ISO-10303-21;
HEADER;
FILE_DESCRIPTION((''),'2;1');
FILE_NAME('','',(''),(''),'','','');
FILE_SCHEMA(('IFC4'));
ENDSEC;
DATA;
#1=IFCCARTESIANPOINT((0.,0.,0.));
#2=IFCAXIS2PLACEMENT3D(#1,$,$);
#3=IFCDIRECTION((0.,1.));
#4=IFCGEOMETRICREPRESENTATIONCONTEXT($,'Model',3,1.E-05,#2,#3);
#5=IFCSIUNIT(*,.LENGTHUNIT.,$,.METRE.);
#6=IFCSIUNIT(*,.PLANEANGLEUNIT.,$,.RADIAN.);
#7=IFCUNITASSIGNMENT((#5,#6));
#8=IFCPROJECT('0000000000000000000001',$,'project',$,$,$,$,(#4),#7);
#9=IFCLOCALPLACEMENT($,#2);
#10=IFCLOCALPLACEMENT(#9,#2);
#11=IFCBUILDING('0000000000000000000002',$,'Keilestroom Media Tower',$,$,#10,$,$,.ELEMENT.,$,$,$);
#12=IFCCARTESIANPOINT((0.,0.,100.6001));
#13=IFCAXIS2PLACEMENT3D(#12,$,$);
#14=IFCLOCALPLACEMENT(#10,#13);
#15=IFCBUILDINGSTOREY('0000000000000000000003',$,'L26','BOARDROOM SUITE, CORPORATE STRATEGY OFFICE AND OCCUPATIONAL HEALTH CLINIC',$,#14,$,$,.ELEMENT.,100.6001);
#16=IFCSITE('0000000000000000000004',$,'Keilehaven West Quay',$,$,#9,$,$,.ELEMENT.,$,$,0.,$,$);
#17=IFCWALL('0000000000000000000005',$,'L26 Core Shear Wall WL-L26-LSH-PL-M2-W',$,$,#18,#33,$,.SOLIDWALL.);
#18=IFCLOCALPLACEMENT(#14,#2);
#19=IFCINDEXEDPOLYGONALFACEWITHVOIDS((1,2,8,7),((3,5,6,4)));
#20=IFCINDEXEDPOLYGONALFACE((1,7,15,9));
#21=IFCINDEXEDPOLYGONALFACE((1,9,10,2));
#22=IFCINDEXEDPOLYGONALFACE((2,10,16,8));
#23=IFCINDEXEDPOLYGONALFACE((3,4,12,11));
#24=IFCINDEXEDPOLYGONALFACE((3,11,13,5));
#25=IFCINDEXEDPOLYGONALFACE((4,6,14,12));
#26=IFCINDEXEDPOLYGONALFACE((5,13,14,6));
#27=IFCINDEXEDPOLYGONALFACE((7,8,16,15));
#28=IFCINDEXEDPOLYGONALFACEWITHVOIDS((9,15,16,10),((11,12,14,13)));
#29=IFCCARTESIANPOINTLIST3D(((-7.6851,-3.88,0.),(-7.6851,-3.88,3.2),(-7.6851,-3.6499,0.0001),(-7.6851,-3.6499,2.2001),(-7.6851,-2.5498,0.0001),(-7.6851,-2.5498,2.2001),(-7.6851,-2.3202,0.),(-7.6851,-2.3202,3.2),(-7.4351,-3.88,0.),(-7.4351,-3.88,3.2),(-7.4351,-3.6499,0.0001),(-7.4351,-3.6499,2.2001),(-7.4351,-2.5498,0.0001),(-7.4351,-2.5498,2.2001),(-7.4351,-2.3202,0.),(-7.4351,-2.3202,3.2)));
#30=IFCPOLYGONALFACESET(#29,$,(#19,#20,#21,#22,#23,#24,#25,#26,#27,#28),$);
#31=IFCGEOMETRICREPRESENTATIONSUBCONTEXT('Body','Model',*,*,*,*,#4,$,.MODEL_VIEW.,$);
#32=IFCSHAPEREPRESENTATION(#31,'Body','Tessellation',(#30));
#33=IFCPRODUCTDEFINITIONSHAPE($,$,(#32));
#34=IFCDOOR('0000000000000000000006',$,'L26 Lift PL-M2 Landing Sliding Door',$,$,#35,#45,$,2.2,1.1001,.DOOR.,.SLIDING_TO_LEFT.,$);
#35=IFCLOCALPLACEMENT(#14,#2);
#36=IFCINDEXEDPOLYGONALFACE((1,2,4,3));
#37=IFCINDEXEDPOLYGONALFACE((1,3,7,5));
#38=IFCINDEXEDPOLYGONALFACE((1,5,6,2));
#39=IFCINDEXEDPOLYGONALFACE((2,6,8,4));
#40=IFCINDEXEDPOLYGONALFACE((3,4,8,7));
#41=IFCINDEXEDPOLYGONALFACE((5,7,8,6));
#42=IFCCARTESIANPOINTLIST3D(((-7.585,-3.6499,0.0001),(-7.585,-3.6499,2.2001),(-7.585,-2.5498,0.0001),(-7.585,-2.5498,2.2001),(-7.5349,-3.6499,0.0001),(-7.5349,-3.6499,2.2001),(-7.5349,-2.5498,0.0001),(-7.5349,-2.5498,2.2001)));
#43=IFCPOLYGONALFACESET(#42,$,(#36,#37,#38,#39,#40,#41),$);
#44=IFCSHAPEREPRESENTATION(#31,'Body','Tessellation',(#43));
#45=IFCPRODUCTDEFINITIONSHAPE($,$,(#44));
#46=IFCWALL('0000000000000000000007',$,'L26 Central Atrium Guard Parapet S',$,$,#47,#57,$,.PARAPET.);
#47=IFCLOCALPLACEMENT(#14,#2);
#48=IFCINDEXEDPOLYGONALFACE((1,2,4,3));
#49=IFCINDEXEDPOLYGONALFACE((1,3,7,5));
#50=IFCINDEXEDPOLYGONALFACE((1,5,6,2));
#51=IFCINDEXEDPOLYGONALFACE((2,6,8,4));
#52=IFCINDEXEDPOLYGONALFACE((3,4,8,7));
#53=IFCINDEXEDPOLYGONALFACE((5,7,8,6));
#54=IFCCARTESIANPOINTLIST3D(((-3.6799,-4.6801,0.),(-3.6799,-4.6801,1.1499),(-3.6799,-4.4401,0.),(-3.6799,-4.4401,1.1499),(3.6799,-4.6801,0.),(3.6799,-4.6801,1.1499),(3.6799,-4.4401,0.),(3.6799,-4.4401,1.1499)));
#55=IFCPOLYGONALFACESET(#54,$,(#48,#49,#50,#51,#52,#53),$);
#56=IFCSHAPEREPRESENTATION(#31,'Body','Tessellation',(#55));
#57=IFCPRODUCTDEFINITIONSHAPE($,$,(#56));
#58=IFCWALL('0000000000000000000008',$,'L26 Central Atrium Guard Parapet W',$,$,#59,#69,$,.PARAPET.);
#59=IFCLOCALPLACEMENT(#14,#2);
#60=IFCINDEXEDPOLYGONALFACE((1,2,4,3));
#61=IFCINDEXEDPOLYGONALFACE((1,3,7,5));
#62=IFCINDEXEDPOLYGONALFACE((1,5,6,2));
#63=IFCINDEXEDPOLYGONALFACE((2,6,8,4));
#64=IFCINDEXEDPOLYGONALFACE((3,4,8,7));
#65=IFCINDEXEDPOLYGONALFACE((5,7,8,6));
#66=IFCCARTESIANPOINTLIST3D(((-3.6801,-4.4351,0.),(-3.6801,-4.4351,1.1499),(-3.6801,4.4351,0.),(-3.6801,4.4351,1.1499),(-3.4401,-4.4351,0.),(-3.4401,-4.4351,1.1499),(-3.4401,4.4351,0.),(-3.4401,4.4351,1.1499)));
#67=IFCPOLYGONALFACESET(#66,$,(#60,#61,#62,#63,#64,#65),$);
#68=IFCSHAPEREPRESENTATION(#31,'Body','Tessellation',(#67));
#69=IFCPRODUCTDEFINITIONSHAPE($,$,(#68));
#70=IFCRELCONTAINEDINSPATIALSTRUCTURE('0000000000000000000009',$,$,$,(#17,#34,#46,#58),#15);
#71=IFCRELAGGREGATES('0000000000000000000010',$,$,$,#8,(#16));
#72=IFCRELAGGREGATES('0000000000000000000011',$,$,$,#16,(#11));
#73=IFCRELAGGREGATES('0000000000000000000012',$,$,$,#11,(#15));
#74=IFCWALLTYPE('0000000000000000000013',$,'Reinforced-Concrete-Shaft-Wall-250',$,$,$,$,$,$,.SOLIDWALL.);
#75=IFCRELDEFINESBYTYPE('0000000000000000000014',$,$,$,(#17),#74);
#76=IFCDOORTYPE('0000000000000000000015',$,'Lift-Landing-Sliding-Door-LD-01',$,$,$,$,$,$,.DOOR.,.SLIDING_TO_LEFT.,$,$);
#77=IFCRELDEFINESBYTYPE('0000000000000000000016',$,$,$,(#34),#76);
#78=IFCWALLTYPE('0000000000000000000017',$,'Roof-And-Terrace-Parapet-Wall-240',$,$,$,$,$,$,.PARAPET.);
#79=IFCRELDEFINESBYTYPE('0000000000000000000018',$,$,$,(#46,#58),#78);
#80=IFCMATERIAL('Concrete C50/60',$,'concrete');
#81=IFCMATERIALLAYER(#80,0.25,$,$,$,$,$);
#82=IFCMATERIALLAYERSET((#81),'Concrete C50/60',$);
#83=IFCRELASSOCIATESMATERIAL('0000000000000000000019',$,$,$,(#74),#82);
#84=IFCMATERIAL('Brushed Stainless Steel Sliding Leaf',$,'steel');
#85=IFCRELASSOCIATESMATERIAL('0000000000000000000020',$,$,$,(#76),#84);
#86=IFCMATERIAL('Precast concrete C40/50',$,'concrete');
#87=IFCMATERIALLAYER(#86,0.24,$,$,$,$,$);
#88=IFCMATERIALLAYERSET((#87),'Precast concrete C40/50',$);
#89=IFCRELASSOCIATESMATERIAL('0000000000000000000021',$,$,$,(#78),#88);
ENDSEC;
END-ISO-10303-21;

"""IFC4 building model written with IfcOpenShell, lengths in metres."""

from ifc_helpers import new_model, si_unit, direction, frame, frame_2d, origin, place, context, subcontext, project, spatial, rectangle, extrude, source, transform, mapped, material, layer, layer_set, type_object, element, fill, save


model = new_model("IFC4")

# Units and contexts
model_context = context("Model", 3, precision=1e-05, world=origin(), true_north=direction((0.0, 1.0)))
body_context = subcontext(model_context, "Body", "Model", "MODEL_VIEW")
ifc_project = project(units=[si_unit("LENGTHUNIT", "METRE"), si_unit("PLANEANGLEUNIT", "RADIAN")], contexts=[model_context])

# Site, building, storey
site_placement = place(None, origin())
site = spatial("IfcSite", under=ifc_project, at=site_placement, Name="Keilehaven West Quay", CompositionType="ELEMENT", RefElevation=0.0)
building_placement = place(site_placement, origin())
building = spatial("IfcBuilding", under=site, at=building_placement, Name="Keilestroom Media Tower", CompositionType="ELEMENT")
storey_placement = place(building_placement, frame((0.0, 0.0, 100.6001)))
storey = spatial("IfcBuildingStorey", under=building, at=storey_placement, Name="L26", Description="BOARDROOM SUITE, CORPORATE STRATEGY OFFICE AND OCCUPATIONAL HEALTH CLINIC", CompositionType="ELEMENT", Elevation=100.6001)

# Shared definitions
ifc_material_1 = material(Name="Concrete C50/60", Category="concrete")
ifc_layer_1 = layer(ifc_material_1, 0.25)
ifc_layer_set_1 = layer_set([ifc_layer_1], Name="Concrete C50/60")
wall_type_1 = type_object("IfcWallType", Name="Reinforced-Concrete-Shaft-Wall-250", PredefinedType="SOLIDWALL", material=ifc_layer_set_1)

# Shared definitions
ifc_material_2 = material(Name="Brushed Stainless Steel Sliding Leaf", Category="steel")

# Shared definitions
door_type_1 = type_object("IfcDoorType", Name="Lift-Landing-Sliding-Door-LD-01", OperationType="SLIDING_TO_LEFT", PredefinedType="DOOR", material=ifc_material_2)
shared_shape_1 = source(origin(), body_context, "Body", "SweptSolid", [
    extrude(rectangle(XDim=1.1001, YDim=2.2, at=frame_2d((0.55, 1.1001))), frame((0.0, 0.0249, 0.0), z_axis=(0.0, -1.0, 0.0), x_axis=(1.0, 0.0, 0.0)), (0.0, 0.0, 1.0), 0.05),
])

# Wall, opening, door
wall_1_placement = place(storey_placement, frame((-7.5601, -3.8799, 0.0), z_axis=(0.0, 0.0, 1.0), x_axis=(0.0, 1.0, 0.0)))
wall_1 = element("IfcWall", 1, at=wall_1_placement, inside=storey, type_object=wall_type_1, Name="L26 Core Shear Wall WL-L26-LSH-PL-M2-W", PredefinedType="SOLIDWALL", context=body_context, shape_type="SweptSolid", body=[
    extrude(rectangle(XDim=1.5598, YDim=0.25, at=frame_2d((0.7798, 0.0))), origin(), (0.0, 0.0, 1.0), 3.2),
])
opening_1_placement = place(wall_1_placement, frame((0.23, 0.0, 0.0)))
opening_1 = element("IfcOpeningElement", 2, at=opening_1_placement, cuts=wall_1, PredefinedType="OPENING", context=body_context, shape_type="SweptSolid", body=[
    extrude(rectangle(XDim=1.1001, YDim=2.2, at=frame_2d((0.55, 1.1001))), frame((0.0, 0.135, 0.0), z_axis=(0.0, -1.0, 0.0), x_axis=(1.0, 0.0, 0.0)), (0.0, 0.0, 1.0), 0.27),
])
door_1_placement = place(opening_1_placement, origin())
door_1 = element("IfcDoor", 3, at=door_1_placement, inside=storey, type_object=door_type_1, Name="L26 Lift PL-M2 Landing Sliding Door", OperationType="SLIDING_TO_LEFT", OverallHeight=2.2, OverallWidth=1.1001, PredefinedType="DOOR", context=body_context, shape_type="MappedRepresentation", body=[
    mapped(shared_shape_1, transform((0.0, 0.0, 0.0), x_axis=(1.0, 0.0, 0.0), y_axis=(0.0, 1.0, 0.0), z_axis=(0.0, 0.0, 1.0), scale=1.0)),
])
fill(opening_1, door_1)

# Walls
ifc_material_3 = material(Name="Precast concrete C40/50", Category="concrete")
ifc_layer_2 = layer(ifc_material_3, 0.24)
ifc_layer_set_2 = layer_set([ifc_layer_2], Name="Precast concrete C40/50")
wall_type_2 = type_object("IfcWallType", Name="Roof-And-Terrace-Parapet-Wall-240", PredefinedType="PARAPET", material=ifc_layer_set_2)
wall_2_placement = place(storey_placement, frame((-3.6799, -4.5601, 0.0), z_axis=(0.0, 0.0, 1.0), x_axis=(1.0, 0.0, 0.0)))
element("IfcWall", 4, at=wall_2_placement, inside=storey, type_object=wall_type_2, Name="L26 Central Atrium Guard Parapet S", PredefinedType="PARAPET", context=body_context, shape_type="SweptSolid", body=[
    extrude(rectangle(XDim=7.3599, YDim=0.24, at=frame_2d((3.6799, 0.0))), origin(), (0.0, 0.0, 1.0), 1.1499),
])
wall_3_placement = place(storey_placement, frame((-3.5601, -4.4351, 0.0), z_axis=(0.0, 0.0, 1.0), x_axis=(0.0, 1.0, 0.0)))
element("IfcWall", 5, at=wall_3_placement, inside=storey, type_object=wall_type_2, Name="L26 Central Atrium Guard Parapet W", PredefinedType="PARAPET", context=body_context, shape_type="SweptSolid", body=[
    extrude(rectangle(XDim=8.8701, YDim=0.24, at=frame_2d((4.4351, 0.0))), origin(), (0.0, 0.0, 1.0), 1.1499),
])

save(model, "model.ifc")
